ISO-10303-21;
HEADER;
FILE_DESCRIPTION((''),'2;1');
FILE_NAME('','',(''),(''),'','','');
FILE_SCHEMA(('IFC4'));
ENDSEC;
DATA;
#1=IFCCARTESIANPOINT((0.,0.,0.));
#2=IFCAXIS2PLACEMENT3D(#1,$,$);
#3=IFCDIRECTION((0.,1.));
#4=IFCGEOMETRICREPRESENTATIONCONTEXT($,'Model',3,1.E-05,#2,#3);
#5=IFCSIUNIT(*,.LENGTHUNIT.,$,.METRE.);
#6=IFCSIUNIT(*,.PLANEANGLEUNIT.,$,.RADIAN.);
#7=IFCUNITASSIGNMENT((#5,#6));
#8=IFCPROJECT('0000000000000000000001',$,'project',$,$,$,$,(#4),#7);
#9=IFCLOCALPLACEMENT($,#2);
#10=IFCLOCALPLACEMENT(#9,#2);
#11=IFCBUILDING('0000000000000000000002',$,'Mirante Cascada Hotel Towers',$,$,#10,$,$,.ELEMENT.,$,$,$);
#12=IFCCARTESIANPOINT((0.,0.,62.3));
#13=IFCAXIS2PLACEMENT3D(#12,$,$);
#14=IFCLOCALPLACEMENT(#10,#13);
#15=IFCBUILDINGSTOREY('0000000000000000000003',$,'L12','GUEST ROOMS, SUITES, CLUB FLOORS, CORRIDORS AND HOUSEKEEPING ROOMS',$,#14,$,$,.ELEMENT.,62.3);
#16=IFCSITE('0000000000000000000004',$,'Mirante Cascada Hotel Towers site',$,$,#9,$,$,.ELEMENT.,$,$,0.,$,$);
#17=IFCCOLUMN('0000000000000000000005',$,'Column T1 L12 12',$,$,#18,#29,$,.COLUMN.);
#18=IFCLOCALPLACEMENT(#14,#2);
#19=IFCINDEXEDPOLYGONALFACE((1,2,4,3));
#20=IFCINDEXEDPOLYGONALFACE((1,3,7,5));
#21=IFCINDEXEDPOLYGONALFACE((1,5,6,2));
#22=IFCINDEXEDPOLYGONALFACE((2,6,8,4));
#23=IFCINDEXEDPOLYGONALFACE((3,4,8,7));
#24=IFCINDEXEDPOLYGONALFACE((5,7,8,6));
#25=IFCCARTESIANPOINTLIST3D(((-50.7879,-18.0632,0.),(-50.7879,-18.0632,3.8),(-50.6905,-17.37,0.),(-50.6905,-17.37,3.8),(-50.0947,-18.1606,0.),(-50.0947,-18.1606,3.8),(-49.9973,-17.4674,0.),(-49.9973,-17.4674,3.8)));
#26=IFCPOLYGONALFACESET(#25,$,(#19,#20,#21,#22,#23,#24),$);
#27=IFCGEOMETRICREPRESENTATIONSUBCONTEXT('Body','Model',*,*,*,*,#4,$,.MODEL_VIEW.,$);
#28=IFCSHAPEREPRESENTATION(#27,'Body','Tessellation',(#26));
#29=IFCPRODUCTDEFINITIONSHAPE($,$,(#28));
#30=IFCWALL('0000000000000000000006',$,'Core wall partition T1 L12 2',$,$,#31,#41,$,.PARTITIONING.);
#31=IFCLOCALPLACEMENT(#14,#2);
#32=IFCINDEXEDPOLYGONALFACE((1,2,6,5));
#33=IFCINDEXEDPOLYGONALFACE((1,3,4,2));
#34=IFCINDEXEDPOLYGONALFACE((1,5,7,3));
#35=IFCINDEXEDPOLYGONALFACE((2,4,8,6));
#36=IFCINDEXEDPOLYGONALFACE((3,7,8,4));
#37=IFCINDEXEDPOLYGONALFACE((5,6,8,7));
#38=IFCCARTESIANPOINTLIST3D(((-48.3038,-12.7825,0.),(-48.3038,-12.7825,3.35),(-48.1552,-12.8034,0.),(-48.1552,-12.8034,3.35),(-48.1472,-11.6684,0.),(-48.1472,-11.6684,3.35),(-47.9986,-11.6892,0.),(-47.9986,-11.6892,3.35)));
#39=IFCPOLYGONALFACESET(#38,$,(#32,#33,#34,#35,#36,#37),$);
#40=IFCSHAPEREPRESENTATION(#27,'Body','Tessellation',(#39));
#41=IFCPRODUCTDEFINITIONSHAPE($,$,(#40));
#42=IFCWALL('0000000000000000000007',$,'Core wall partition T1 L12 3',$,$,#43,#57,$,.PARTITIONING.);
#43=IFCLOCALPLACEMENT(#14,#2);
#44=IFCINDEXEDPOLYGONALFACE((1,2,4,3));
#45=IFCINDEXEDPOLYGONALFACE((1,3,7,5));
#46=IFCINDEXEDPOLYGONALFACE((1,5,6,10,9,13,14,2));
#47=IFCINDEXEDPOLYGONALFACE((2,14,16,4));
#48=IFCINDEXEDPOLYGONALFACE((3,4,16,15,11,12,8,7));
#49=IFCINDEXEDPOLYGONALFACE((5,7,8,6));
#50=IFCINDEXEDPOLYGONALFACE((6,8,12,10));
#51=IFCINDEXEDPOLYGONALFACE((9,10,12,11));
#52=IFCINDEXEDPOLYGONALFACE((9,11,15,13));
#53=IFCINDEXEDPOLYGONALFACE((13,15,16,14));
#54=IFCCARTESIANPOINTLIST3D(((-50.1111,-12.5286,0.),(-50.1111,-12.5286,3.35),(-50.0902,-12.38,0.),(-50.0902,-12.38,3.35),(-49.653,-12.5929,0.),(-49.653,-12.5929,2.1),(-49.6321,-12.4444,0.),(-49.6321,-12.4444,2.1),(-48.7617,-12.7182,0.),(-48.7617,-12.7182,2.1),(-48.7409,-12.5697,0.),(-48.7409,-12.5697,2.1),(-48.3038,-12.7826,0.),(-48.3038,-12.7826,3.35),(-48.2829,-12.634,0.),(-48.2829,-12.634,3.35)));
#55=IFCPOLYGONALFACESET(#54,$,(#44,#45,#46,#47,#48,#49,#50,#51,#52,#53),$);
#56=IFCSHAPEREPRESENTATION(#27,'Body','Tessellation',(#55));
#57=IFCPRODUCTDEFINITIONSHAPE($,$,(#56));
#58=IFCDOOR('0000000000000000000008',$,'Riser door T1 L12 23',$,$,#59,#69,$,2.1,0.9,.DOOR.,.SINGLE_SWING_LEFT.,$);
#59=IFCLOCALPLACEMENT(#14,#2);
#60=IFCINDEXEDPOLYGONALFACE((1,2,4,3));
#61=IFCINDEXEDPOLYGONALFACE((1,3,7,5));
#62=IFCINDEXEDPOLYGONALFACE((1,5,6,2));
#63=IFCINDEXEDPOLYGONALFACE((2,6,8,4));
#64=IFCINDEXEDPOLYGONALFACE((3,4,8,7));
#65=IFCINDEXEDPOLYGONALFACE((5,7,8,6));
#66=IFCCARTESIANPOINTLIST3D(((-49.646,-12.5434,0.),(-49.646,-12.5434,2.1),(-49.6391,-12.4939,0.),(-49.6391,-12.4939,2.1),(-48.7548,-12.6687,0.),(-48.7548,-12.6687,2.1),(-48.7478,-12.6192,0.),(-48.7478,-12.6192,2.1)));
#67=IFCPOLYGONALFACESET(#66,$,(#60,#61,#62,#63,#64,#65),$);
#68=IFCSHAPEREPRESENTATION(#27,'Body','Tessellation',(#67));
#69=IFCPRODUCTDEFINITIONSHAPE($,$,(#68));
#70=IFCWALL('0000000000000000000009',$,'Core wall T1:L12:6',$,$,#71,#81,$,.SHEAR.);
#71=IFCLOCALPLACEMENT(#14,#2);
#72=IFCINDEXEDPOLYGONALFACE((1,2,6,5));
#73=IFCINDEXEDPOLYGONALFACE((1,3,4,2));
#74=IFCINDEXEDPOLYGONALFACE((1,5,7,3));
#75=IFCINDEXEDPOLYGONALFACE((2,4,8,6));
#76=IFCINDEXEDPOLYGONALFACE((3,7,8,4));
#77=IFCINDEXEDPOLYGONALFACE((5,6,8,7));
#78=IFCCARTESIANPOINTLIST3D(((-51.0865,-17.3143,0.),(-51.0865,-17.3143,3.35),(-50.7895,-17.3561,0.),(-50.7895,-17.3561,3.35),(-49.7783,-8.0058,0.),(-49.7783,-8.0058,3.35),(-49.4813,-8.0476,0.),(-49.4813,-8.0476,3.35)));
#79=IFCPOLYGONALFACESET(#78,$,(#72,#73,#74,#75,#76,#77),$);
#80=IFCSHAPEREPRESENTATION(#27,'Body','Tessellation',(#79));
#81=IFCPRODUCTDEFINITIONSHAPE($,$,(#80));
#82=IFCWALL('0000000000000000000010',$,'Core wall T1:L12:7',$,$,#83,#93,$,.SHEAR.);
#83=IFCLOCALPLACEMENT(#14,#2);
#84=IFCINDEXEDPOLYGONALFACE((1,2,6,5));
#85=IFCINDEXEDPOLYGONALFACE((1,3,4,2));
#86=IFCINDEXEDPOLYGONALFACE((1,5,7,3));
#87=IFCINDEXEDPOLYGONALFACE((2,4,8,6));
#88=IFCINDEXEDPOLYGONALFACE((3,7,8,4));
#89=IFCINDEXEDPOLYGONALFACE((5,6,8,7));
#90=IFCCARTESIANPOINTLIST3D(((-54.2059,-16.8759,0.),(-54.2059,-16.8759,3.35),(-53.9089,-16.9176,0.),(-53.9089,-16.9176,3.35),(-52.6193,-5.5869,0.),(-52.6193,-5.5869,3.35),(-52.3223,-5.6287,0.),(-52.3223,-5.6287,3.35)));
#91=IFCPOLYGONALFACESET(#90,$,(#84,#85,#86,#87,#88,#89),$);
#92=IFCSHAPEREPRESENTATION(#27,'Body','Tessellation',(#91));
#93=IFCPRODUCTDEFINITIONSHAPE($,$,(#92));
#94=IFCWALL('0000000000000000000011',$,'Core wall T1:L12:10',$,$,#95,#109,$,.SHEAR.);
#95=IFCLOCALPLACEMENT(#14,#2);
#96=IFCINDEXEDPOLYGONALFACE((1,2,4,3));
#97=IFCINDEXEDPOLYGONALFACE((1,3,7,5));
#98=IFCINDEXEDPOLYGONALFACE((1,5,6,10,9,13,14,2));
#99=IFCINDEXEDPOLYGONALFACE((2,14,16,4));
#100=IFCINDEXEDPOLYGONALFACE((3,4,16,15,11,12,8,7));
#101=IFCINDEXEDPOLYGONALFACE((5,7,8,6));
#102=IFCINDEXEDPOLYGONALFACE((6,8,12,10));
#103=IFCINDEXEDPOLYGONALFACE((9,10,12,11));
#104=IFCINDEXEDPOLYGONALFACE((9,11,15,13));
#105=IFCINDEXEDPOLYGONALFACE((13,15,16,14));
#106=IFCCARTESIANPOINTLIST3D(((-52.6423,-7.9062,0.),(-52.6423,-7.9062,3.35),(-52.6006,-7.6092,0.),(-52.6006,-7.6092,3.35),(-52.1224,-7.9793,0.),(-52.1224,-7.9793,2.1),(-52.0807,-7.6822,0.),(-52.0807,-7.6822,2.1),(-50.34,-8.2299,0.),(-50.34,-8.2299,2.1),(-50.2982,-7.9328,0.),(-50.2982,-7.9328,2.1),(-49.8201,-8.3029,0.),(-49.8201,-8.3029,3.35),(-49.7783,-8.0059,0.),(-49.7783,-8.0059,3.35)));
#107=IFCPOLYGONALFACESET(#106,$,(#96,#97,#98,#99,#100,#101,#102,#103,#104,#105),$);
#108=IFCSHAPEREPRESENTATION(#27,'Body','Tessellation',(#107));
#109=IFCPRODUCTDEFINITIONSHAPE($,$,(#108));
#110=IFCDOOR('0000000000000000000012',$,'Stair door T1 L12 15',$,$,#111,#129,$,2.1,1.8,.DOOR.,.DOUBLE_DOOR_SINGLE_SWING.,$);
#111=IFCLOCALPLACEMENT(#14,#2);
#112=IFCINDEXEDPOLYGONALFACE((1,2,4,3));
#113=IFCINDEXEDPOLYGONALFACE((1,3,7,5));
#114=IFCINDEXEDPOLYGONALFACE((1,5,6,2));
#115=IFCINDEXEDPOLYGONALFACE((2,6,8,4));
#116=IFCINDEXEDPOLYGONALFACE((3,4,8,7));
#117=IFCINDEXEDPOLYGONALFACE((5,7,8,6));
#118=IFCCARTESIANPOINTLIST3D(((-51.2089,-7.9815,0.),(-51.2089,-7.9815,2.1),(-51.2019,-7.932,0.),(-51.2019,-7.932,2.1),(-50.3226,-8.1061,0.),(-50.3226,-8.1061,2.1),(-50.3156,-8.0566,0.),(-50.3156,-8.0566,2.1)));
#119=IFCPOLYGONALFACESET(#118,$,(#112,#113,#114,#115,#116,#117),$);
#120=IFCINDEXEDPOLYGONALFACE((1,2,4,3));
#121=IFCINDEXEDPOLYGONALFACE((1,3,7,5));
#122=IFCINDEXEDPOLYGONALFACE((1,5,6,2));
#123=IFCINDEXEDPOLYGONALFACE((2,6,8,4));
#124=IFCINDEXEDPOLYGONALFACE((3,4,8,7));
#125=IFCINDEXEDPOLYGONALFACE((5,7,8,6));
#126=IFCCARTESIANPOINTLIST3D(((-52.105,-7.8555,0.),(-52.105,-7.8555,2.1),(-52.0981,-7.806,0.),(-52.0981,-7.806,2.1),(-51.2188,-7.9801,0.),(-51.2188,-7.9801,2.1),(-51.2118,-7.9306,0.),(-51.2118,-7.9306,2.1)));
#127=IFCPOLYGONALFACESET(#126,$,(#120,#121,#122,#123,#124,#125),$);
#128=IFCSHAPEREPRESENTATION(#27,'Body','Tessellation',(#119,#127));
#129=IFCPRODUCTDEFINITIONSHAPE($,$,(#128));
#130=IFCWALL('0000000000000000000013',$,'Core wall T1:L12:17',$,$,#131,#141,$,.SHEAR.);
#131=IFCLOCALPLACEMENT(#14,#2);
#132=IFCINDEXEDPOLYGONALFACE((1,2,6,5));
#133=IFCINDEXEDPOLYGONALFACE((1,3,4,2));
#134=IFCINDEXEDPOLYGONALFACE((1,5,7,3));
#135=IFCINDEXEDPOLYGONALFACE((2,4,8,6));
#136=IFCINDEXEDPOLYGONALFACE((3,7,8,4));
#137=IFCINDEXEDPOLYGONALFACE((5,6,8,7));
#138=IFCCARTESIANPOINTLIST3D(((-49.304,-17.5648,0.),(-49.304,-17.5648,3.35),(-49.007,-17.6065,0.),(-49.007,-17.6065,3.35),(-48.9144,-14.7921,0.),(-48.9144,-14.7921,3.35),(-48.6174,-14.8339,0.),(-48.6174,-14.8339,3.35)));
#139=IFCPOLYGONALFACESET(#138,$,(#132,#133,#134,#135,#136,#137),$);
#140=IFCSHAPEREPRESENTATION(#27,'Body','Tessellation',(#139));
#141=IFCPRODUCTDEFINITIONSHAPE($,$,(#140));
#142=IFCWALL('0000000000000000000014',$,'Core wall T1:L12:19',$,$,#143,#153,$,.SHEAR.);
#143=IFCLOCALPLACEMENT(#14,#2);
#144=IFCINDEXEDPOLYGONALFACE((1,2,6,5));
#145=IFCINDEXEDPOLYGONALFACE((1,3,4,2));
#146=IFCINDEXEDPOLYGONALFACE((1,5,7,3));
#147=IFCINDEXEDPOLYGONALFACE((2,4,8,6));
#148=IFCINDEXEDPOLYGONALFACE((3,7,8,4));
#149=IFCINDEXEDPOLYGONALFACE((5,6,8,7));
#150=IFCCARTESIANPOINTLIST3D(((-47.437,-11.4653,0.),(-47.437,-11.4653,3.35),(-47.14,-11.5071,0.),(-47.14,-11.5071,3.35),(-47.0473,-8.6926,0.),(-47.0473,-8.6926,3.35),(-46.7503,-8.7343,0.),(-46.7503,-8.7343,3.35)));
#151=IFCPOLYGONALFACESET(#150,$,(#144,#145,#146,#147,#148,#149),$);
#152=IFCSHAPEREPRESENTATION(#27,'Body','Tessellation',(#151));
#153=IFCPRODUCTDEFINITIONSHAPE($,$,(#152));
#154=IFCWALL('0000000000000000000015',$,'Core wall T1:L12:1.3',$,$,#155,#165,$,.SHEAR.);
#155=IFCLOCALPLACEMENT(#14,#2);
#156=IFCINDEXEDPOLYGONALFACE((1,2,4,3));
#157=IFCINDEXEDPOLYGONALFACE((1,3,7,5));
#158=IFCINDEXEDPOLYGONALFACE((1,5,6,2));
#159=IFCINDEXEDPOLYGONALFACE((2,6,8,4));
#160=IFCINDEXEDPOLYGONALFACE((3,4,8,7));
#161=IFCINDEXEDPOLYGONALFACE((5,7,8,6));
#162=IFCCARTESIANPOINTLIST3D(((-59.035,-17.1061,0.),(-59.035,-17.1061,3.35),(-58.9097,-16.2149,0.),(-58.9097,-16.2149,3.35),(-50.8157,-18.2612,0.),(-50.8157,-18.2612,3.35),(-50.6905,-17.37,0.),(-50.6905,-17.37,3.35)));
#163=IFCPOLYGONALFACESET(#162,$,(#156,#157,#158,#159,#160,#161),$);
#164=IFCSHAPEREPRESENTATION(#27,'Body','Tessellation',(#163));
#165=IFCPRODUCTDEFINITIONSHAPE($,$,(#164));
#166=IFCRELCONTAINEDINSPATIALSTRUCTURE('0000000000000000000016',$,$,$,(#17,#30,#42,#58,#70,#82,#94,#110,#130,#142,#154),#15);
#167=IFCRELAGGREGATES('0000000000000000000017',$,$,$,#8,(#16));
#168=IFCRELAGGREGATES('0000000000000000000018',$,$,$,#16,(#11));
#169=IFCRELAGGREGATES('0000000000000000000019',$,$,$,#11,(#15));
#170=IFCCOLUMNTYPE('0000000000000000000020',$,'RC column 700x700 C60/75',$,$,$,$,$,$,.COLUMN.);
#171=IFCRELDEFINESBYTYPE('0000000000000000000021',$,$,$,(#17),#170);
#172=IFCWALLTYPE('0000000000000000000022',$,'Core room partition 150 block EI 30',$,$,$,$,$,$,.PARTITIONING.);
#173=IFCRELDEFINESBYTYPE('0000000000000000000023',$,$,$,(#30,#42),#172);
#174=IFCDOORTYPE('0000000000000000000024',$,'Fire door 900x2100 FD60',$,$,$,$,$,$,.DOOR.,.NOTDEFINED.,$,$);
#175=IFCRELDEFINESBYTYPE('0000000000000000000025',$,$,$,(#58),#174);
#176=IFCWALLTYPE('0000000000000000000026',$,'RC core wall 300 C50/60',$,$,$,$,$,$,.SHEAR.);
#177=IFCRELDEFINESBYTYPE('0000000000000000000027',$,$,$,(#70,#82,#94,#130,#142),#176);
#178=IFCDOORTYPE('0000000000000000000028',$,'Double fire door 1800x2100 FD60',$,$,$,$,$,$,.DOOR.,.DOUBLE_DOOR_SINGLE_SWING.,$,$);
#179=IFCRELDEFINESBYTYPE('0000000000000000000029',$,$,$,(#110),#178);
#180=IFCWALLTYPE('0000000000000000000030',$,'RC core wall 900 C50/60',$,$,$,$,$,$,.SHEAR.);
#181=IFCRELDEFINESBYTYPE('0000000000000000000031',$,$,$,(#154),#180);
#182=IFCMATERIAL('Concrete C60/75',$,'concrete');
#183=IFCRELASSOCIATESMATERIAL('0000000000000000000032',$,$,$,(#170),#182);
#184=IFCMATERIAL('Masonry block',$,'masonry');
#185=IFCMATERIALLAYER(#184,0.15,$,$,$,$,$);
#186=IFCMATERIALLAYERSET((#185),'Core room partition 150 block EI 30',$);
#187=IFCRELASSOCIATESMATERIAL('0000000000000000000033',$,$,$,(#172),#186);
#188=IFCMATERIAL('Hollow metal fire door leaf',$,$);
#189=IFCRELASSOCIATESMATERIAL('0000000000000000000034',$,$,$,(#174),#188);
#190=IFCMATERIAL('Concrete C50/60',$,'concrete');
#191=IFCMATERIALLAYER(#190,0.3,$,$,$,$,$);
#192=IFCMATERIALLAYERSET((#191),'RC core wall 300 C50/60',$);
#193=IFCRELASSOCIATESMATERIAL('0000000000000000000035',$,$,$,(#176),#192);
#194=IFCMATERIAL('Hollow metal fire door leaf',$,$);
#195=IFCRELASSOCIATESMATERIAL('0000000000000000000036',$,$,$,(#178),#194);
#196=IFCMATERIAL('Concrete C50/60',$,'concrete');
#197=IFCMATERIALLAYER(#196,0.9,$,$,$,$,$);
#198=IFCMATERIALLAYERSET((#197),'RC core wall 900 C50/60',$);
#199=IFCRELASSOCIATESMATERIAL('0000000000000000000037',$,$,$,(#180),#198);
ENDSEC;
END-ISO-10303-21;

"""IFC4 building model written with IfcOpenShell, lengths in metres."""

from ifc_helpers import new_model, si_unit, direction, frame, frame_2d, origin, origin_2d, place, context, subcontext, project, spatial, rectangle, extrude, material, layer, layer_set, material_profile, profile_set, type_object, element, fill, save


model = new_model("IFC4")

# Units and contexts
model_context = context("Model", 3, precision=1e-05, world=origin(), true_north=direction((0.0, 1.0)))
body_context = subcontext(model_context, "Body", "Model", "MODEL_VIEW")
ifc_project = project(units=[si_unit("LENGTHUNIT", "METRE"), si_unit("PLANEANGLEUNIT", "RADIAN")], contexts=[model_context])

# Site, building, storey
site_placement = place(None, origin())
site = spatial("IfcSite", under=ifc_project, at=site_placement, Name="Mirante Cascada Hotel Towers site", CompositionType="ELEMENT", RefElevation=0.0)
building_placement = place(site_placement, origin())
building = spatial("IfcBuilding", under=site, at=building_placement, Name="Mirante Cascada Hotel Towers", CompositionType="ELEMENT")
storey_placement = place(building_placement, frame((0.0, 0.0, 62.3)))
storey = spatial("IfcBuildingStorey", under=building, at=storey_placement, Name="L12", Description="GUEST ROOMS, SUITES, CLUB FLOORS, CORRIDORS AND HOUSEKEEPING ROOMS", CompositionType="ELEMENT", Elevation=62.3)

# Column
ifc_material_1 = material(Name="Concrete C60/75", Category="concrete")
ifc_material_profile = material_profile(ifc_material_1, rectangle(XDim=0.7, YDim=0.7, at=origin_2d()), Name="RC column 700x700 C60/75")
ifc_profile_set = profile_set([ifc_material_profile], Name="Concrete C60/75")
column_type = type_object("IfcColumnType", Name="RC column 700x700 C60/75", PredefinedType="COLUMN", material=ifc_profile_set)
column_placement = place(storey_placement, frame((-50.3926, -17.7653, 0.0), z_axis=(0.0, 0.0, 1.0), x_axis=(-0.990268, 0.139173, 0.0)))
element("IfcColumn", 1, at=column_placement, inside=storey, type_object=column_type, Name="Column T1 L12 12", PredefinedType="COLUMN", context=body_context, shape_type="SweptSolid", body=[
    extrude(rectangle(XDim=0.7, YDim=0.7, at=origin_2d()), origin(), (0.0, 0.0, 1.0), 3.8),
])

# Wall
ifc_material_2 = material(Name="Masonry block", Category="masonry")
ifc_layer_1 = layer(ifc_material_2, 0.15)
ifc_layer_set_1 = layer_set([ifc_layer_1], Name="Core room partition 150 block EI 30")
wall_type_1 = type_object("IfcWallType", Name="Core room partition 150 block EI 30", PredefinedType="PARTITIONING", material=ifc_layer_set_1)
wall_1_placement = place(storey_placement, frame((-48.2295, -12.793, 0.0), z_axis=(0.0, 0.0, 1.0), x_axis=(0.139193, 0.990265, 0.0)))
element("IfcWall", 2, at=wall_1_placement, inside=storey, type_object=wall_type_1, Name="Core wall partition T1 L12 2", PredefinedType="PARTITIONING", context=body_context, shape_type="SweptSolid", body=[
    extrude(rectangle(XDim=1.1251, YDim=0.15, at=frame_2d((0.5626, 0.0))), origin(), (0.0, 0.0, 1.0), 3.35),
])

# Wall, opening, door
wall_2_placement = place(storey_placement, frame((-48.2933, -12.7083, 0.0), z_axis=(0.0, 0.0, 1.0), x_axis=(-0.990268, 0.139173, 0.0)))
wall_2 = element("IfcWall", 3, at=wall_2_placement, inside=storey, type_object=wall_type_1, Name="Core wall partition T1 L12 3", PredefinedType="PARTITIONING", context=body_context, shape_type="SweptSolid", body=[
    extrude(rectangle(XDim=1.8251, YDim=0.15, at=frame_2d((0.9126, 0.0))), origin(), (0.0, 0.0, 1.0), 3.35),
])
opening_1_placement = place(wall_2_placement, frame((0.4625, 0.0, 0.0)))
opening_1 = element("IfcOpeningElement", 4, at=opening_1_placement, cuts=wall_2, PredefinedType="OPENING", context=body_context, shape_type="SweptSolid", body=[
    extrude(rectangle(XDim=0.9, YDim=2.1, at=frame_2d((0.45, 1.05))), frame((0.0, 0.075, 0.0), z_axis=(0.0, -1.0, 0.0), x_axis=(1.0, 0.0, 0.0)), (0.0, 0.0, 1.0), 0.15),
])
ifc_material_3 = material(Name="Hollow metal fire door leaf")
door_type_1 = type_object("IfcDoorType", Name="Fire door 900x2100 FD60", OperationType="NOTDEFINED", PredefinedType="DOOR", material=ifc_material_3)
door_1_placement = place(opening_1_placement, origin())
door_1 = element("IfcDoor", 5, at=door_1_placement, inside=storey, type_object=door_type_1, Name="Riser door T1 L12 23", OperationType="SINGLE_SWING_LEFT", OverallHeight=2.1, OverallWidth=0.9, PredefinedType="DOOR", context=body_context, shape_type="SweptSolid", body=[
    extrude(rectangle(XDim=0.9, YDim=2.1, at=frame_2d((0.45, 1.05))), frame((0.0, 0.025, 0.0), z_axis=(0.0, -1.0, 0.0), x_axis=(1.0, 0.0, 0.0)), (0.0, 0.0, 1.0), 0.05),
])
fill(opening_1, door_1)

# Walls
ifc_material_4 = material(Name="Concrete C50/60", Category="concrete")
ifc_layer_2 = layer(ifc_material_4, 0.3)
ifc_layer_set_2 = layer_set([ifc_layer_2], Name="RC core wall 300 C50/60")
wall_type_2 = type_object("IfcWallType", Name="RC core wall 300 C50/60", PredefinedType="SHEAR", material=ifc_layer_set_2)
wall_3_placement = place(storey_placement, frame((-50.938, -17.3352, 0.0), z_axis=(0.0, 0.0, 1.0), x_axis=(0.139171, 0.990268, 0.0)))
element("IfcWall", 6, at=wall_3_placement, inside=storey, type_object=wall_type_2, Name="Core wall T1:L12:6", PredefinedType="SHEAR", context=body_context, shape_type="SweptSolid", body=[
    extrude(rectangle(XDim=9.4, YDim=0.3, at=frame_2d((4.7, 0.0))), origin(), (0.0, 0.0, 1.0), 3.35),
])
wall_4_placement = place(storey_placement, frame((-54.0574, -16.8968, 0.0), z_axis=(0.0, 0.0, 1.0), x_axis=(0.139176, 0.990268, 0.0)))
element("IfcWall", 7, at=wall_4_placement, inside=storey, type_object=wall_type_2, Name="Core wall T1:L12:7", PredefinedType="SHEAR", context=body_context, shape_type="SweptSolid", body=[
    extrude(rectangle(XDim=11.3999, YDim=0.3, at=frame_2d((5.7, 0.0))), origin(), (0.0, 0.0, 1.0), 3.35),
])

# Wall, opening, door
wall_5_placement = place(storey_placement, frame((-49.7992, -8.1544, 0.0), z_axis=(0.0, 0.0, 1.0), x_axis=(-0.990266, 0.139191, 0.0)))
wall_5 = element("IfcWall", 8, at=wall_5_placement, inside=storey, type_object=wall_type_2, Name="Core wall T1:L12:10", PredefinedType="SHEAR", context=body_context, shape_type="SweptSolid", body=[
    extrude(rectangle(XDim=2.85, YDim=0.3, at=frame_2d((1.425, 0.0))), origin(), (0.0, 0.0, 1.0), 3.35),
])
opening_2_placement = place(wall_5_placement, frame((0.525, 0.0, 0.0)))
opening_2 = element("IfcOpeningElement", 9, at=opening_2_placement, cuts=wall_5, PredefinedType="OPENING", context=body_context, shape_type="SweptSolid", body=[
    extrude(rectangle(XDim=1.8, YDim=2.1, at=frame_2d((0.9, 1.05))), frame((0.0, 0.15, 0.0), z_axis=(0.0, -1.0, 0.0), x_axis=(1.0, 0.0, 0.0)), (0.0, 0.0, 1.0), 0.3),
])
ifc_material_5 = material(Name="Hollow metal fire door leaf")
door_type_2 = type_object("IfcDoorType", Name="Double fire door 1800x2100 FD60", OperationType="DOUBLE_DOOR_SINGLE_SWING", PredefinedType="DOOR", material=ifc_material_5)
door_2_placement = place(opening_2_placement, origin())
door_2 = element("IfcDoor", 10, at=door_2_placement, inside=storey, type_object=door_type_2, Name="Stair door T1 L12 15", OperationType="DOUBLE_DOOR_SINGLE_SWING", OverallHeight=2.1, OverallWidth=1.8, PredefinedType="DOOR", context=body_context, shape_type="SweptSolid", body=[
    extrude(rectangle(XDim=0.895, YDim=2.1, at=frame_2d((0.4475, 1.05))), frame((0.0, 0.025, 0.0), z_axis=(0.0, -1.0, 0.0), x_axis=(1.0, 0.0, 0.0)), (0.0, 0.0, 1.0), 0.05),
    extrude(rectangle(XDim=0.895, YDim=2.1, at=frame_2d((1.3525, 1.05))), frame((0.0, 0.025, 0.0), z_axis=(0.0, -1.0, 0.0), x_axis=(1.0, 0.0, 0.0)), (0.0, 0.0, 1.0), 0.05),
])
fill(opening_2, door_2)

# Walls
wall_6_placement = place(storey_placement, frame((-49.1555, -17.5857, 0.0), z_axis=(0.0, 0.0, 1.0), x_axis=(0.139146, 0.990272, 0.0)))
element("IfcWall", 11, at=wall_6_placement, inside=storey, type_object=wall_type_2, Name="Core wall T1:L12:17", PredefinedType="SHEAR", context=body_context, shape_type="SweptSolid", body=[
    extrude(rectangle(XDim=2.7999, YDim=0.3, at=frame_2d((1.4, 0.0))), origin(), (0.0, 0.0, 1.0), 3.35),
])
wall_7_placement = place(storey_placement, frame((-47.2885, -11.4862, 0.0), z_axis=(0.0, 0.0, 1.0), x_axis=(0.139181, 0.990267, 0.0)))
element("IfcWall", 12, at=wall_7_placement, inside=storey, type_object=wall_type_2, Name="Core wall T1:L12:19", PredefinedType="SHEAR", context=body_context, shape_type="SweptSolid", body=[
    extrude(rectangle(XDim=2.8, YDim=0.3, at=frame_2d((1.4, 0.0))), origin(), (0.0, 0.0, 1.0), 3.35),
])

# Wall
ifc_material_6 = material(Name="Concrete C50/60", Category="concrete")
ifc_layer_3 = layer(ifc_material_6, 0.9)
ifc_layer_set_3 = layer_set([ifc_layer_3], Name="RC core wall 900 C50/60")
wall_type_3 = type_object("IfcWallType", Name="RC core wall 900 C50/60", PredefinedType="SHEAR", material=ifc_layer_set_3)
wall_8_placement = place(storey_placement, frame((-50.7531, -17.8156, 0.0), z_axis=(0.0, 0.0, 1.0), x_axis=(-0.990269, 0.139169, 0.0)))
element("IfcWall", 13, at=wall_8_placement, inside=storey, type_object=wall_type_3, Name="Core wall T1:L12:1.3", PredefinedType="SHEAR", context=body_context, shape_type="SweptSolid", body=[
    extrude(rectangle(XDim=8.3, YDim=0.9, at=frame_2d((4.15, 0.0))), origin(), (0.0, 0.0, 1.0), 3.35),
])

save(model, "model.ifc")
